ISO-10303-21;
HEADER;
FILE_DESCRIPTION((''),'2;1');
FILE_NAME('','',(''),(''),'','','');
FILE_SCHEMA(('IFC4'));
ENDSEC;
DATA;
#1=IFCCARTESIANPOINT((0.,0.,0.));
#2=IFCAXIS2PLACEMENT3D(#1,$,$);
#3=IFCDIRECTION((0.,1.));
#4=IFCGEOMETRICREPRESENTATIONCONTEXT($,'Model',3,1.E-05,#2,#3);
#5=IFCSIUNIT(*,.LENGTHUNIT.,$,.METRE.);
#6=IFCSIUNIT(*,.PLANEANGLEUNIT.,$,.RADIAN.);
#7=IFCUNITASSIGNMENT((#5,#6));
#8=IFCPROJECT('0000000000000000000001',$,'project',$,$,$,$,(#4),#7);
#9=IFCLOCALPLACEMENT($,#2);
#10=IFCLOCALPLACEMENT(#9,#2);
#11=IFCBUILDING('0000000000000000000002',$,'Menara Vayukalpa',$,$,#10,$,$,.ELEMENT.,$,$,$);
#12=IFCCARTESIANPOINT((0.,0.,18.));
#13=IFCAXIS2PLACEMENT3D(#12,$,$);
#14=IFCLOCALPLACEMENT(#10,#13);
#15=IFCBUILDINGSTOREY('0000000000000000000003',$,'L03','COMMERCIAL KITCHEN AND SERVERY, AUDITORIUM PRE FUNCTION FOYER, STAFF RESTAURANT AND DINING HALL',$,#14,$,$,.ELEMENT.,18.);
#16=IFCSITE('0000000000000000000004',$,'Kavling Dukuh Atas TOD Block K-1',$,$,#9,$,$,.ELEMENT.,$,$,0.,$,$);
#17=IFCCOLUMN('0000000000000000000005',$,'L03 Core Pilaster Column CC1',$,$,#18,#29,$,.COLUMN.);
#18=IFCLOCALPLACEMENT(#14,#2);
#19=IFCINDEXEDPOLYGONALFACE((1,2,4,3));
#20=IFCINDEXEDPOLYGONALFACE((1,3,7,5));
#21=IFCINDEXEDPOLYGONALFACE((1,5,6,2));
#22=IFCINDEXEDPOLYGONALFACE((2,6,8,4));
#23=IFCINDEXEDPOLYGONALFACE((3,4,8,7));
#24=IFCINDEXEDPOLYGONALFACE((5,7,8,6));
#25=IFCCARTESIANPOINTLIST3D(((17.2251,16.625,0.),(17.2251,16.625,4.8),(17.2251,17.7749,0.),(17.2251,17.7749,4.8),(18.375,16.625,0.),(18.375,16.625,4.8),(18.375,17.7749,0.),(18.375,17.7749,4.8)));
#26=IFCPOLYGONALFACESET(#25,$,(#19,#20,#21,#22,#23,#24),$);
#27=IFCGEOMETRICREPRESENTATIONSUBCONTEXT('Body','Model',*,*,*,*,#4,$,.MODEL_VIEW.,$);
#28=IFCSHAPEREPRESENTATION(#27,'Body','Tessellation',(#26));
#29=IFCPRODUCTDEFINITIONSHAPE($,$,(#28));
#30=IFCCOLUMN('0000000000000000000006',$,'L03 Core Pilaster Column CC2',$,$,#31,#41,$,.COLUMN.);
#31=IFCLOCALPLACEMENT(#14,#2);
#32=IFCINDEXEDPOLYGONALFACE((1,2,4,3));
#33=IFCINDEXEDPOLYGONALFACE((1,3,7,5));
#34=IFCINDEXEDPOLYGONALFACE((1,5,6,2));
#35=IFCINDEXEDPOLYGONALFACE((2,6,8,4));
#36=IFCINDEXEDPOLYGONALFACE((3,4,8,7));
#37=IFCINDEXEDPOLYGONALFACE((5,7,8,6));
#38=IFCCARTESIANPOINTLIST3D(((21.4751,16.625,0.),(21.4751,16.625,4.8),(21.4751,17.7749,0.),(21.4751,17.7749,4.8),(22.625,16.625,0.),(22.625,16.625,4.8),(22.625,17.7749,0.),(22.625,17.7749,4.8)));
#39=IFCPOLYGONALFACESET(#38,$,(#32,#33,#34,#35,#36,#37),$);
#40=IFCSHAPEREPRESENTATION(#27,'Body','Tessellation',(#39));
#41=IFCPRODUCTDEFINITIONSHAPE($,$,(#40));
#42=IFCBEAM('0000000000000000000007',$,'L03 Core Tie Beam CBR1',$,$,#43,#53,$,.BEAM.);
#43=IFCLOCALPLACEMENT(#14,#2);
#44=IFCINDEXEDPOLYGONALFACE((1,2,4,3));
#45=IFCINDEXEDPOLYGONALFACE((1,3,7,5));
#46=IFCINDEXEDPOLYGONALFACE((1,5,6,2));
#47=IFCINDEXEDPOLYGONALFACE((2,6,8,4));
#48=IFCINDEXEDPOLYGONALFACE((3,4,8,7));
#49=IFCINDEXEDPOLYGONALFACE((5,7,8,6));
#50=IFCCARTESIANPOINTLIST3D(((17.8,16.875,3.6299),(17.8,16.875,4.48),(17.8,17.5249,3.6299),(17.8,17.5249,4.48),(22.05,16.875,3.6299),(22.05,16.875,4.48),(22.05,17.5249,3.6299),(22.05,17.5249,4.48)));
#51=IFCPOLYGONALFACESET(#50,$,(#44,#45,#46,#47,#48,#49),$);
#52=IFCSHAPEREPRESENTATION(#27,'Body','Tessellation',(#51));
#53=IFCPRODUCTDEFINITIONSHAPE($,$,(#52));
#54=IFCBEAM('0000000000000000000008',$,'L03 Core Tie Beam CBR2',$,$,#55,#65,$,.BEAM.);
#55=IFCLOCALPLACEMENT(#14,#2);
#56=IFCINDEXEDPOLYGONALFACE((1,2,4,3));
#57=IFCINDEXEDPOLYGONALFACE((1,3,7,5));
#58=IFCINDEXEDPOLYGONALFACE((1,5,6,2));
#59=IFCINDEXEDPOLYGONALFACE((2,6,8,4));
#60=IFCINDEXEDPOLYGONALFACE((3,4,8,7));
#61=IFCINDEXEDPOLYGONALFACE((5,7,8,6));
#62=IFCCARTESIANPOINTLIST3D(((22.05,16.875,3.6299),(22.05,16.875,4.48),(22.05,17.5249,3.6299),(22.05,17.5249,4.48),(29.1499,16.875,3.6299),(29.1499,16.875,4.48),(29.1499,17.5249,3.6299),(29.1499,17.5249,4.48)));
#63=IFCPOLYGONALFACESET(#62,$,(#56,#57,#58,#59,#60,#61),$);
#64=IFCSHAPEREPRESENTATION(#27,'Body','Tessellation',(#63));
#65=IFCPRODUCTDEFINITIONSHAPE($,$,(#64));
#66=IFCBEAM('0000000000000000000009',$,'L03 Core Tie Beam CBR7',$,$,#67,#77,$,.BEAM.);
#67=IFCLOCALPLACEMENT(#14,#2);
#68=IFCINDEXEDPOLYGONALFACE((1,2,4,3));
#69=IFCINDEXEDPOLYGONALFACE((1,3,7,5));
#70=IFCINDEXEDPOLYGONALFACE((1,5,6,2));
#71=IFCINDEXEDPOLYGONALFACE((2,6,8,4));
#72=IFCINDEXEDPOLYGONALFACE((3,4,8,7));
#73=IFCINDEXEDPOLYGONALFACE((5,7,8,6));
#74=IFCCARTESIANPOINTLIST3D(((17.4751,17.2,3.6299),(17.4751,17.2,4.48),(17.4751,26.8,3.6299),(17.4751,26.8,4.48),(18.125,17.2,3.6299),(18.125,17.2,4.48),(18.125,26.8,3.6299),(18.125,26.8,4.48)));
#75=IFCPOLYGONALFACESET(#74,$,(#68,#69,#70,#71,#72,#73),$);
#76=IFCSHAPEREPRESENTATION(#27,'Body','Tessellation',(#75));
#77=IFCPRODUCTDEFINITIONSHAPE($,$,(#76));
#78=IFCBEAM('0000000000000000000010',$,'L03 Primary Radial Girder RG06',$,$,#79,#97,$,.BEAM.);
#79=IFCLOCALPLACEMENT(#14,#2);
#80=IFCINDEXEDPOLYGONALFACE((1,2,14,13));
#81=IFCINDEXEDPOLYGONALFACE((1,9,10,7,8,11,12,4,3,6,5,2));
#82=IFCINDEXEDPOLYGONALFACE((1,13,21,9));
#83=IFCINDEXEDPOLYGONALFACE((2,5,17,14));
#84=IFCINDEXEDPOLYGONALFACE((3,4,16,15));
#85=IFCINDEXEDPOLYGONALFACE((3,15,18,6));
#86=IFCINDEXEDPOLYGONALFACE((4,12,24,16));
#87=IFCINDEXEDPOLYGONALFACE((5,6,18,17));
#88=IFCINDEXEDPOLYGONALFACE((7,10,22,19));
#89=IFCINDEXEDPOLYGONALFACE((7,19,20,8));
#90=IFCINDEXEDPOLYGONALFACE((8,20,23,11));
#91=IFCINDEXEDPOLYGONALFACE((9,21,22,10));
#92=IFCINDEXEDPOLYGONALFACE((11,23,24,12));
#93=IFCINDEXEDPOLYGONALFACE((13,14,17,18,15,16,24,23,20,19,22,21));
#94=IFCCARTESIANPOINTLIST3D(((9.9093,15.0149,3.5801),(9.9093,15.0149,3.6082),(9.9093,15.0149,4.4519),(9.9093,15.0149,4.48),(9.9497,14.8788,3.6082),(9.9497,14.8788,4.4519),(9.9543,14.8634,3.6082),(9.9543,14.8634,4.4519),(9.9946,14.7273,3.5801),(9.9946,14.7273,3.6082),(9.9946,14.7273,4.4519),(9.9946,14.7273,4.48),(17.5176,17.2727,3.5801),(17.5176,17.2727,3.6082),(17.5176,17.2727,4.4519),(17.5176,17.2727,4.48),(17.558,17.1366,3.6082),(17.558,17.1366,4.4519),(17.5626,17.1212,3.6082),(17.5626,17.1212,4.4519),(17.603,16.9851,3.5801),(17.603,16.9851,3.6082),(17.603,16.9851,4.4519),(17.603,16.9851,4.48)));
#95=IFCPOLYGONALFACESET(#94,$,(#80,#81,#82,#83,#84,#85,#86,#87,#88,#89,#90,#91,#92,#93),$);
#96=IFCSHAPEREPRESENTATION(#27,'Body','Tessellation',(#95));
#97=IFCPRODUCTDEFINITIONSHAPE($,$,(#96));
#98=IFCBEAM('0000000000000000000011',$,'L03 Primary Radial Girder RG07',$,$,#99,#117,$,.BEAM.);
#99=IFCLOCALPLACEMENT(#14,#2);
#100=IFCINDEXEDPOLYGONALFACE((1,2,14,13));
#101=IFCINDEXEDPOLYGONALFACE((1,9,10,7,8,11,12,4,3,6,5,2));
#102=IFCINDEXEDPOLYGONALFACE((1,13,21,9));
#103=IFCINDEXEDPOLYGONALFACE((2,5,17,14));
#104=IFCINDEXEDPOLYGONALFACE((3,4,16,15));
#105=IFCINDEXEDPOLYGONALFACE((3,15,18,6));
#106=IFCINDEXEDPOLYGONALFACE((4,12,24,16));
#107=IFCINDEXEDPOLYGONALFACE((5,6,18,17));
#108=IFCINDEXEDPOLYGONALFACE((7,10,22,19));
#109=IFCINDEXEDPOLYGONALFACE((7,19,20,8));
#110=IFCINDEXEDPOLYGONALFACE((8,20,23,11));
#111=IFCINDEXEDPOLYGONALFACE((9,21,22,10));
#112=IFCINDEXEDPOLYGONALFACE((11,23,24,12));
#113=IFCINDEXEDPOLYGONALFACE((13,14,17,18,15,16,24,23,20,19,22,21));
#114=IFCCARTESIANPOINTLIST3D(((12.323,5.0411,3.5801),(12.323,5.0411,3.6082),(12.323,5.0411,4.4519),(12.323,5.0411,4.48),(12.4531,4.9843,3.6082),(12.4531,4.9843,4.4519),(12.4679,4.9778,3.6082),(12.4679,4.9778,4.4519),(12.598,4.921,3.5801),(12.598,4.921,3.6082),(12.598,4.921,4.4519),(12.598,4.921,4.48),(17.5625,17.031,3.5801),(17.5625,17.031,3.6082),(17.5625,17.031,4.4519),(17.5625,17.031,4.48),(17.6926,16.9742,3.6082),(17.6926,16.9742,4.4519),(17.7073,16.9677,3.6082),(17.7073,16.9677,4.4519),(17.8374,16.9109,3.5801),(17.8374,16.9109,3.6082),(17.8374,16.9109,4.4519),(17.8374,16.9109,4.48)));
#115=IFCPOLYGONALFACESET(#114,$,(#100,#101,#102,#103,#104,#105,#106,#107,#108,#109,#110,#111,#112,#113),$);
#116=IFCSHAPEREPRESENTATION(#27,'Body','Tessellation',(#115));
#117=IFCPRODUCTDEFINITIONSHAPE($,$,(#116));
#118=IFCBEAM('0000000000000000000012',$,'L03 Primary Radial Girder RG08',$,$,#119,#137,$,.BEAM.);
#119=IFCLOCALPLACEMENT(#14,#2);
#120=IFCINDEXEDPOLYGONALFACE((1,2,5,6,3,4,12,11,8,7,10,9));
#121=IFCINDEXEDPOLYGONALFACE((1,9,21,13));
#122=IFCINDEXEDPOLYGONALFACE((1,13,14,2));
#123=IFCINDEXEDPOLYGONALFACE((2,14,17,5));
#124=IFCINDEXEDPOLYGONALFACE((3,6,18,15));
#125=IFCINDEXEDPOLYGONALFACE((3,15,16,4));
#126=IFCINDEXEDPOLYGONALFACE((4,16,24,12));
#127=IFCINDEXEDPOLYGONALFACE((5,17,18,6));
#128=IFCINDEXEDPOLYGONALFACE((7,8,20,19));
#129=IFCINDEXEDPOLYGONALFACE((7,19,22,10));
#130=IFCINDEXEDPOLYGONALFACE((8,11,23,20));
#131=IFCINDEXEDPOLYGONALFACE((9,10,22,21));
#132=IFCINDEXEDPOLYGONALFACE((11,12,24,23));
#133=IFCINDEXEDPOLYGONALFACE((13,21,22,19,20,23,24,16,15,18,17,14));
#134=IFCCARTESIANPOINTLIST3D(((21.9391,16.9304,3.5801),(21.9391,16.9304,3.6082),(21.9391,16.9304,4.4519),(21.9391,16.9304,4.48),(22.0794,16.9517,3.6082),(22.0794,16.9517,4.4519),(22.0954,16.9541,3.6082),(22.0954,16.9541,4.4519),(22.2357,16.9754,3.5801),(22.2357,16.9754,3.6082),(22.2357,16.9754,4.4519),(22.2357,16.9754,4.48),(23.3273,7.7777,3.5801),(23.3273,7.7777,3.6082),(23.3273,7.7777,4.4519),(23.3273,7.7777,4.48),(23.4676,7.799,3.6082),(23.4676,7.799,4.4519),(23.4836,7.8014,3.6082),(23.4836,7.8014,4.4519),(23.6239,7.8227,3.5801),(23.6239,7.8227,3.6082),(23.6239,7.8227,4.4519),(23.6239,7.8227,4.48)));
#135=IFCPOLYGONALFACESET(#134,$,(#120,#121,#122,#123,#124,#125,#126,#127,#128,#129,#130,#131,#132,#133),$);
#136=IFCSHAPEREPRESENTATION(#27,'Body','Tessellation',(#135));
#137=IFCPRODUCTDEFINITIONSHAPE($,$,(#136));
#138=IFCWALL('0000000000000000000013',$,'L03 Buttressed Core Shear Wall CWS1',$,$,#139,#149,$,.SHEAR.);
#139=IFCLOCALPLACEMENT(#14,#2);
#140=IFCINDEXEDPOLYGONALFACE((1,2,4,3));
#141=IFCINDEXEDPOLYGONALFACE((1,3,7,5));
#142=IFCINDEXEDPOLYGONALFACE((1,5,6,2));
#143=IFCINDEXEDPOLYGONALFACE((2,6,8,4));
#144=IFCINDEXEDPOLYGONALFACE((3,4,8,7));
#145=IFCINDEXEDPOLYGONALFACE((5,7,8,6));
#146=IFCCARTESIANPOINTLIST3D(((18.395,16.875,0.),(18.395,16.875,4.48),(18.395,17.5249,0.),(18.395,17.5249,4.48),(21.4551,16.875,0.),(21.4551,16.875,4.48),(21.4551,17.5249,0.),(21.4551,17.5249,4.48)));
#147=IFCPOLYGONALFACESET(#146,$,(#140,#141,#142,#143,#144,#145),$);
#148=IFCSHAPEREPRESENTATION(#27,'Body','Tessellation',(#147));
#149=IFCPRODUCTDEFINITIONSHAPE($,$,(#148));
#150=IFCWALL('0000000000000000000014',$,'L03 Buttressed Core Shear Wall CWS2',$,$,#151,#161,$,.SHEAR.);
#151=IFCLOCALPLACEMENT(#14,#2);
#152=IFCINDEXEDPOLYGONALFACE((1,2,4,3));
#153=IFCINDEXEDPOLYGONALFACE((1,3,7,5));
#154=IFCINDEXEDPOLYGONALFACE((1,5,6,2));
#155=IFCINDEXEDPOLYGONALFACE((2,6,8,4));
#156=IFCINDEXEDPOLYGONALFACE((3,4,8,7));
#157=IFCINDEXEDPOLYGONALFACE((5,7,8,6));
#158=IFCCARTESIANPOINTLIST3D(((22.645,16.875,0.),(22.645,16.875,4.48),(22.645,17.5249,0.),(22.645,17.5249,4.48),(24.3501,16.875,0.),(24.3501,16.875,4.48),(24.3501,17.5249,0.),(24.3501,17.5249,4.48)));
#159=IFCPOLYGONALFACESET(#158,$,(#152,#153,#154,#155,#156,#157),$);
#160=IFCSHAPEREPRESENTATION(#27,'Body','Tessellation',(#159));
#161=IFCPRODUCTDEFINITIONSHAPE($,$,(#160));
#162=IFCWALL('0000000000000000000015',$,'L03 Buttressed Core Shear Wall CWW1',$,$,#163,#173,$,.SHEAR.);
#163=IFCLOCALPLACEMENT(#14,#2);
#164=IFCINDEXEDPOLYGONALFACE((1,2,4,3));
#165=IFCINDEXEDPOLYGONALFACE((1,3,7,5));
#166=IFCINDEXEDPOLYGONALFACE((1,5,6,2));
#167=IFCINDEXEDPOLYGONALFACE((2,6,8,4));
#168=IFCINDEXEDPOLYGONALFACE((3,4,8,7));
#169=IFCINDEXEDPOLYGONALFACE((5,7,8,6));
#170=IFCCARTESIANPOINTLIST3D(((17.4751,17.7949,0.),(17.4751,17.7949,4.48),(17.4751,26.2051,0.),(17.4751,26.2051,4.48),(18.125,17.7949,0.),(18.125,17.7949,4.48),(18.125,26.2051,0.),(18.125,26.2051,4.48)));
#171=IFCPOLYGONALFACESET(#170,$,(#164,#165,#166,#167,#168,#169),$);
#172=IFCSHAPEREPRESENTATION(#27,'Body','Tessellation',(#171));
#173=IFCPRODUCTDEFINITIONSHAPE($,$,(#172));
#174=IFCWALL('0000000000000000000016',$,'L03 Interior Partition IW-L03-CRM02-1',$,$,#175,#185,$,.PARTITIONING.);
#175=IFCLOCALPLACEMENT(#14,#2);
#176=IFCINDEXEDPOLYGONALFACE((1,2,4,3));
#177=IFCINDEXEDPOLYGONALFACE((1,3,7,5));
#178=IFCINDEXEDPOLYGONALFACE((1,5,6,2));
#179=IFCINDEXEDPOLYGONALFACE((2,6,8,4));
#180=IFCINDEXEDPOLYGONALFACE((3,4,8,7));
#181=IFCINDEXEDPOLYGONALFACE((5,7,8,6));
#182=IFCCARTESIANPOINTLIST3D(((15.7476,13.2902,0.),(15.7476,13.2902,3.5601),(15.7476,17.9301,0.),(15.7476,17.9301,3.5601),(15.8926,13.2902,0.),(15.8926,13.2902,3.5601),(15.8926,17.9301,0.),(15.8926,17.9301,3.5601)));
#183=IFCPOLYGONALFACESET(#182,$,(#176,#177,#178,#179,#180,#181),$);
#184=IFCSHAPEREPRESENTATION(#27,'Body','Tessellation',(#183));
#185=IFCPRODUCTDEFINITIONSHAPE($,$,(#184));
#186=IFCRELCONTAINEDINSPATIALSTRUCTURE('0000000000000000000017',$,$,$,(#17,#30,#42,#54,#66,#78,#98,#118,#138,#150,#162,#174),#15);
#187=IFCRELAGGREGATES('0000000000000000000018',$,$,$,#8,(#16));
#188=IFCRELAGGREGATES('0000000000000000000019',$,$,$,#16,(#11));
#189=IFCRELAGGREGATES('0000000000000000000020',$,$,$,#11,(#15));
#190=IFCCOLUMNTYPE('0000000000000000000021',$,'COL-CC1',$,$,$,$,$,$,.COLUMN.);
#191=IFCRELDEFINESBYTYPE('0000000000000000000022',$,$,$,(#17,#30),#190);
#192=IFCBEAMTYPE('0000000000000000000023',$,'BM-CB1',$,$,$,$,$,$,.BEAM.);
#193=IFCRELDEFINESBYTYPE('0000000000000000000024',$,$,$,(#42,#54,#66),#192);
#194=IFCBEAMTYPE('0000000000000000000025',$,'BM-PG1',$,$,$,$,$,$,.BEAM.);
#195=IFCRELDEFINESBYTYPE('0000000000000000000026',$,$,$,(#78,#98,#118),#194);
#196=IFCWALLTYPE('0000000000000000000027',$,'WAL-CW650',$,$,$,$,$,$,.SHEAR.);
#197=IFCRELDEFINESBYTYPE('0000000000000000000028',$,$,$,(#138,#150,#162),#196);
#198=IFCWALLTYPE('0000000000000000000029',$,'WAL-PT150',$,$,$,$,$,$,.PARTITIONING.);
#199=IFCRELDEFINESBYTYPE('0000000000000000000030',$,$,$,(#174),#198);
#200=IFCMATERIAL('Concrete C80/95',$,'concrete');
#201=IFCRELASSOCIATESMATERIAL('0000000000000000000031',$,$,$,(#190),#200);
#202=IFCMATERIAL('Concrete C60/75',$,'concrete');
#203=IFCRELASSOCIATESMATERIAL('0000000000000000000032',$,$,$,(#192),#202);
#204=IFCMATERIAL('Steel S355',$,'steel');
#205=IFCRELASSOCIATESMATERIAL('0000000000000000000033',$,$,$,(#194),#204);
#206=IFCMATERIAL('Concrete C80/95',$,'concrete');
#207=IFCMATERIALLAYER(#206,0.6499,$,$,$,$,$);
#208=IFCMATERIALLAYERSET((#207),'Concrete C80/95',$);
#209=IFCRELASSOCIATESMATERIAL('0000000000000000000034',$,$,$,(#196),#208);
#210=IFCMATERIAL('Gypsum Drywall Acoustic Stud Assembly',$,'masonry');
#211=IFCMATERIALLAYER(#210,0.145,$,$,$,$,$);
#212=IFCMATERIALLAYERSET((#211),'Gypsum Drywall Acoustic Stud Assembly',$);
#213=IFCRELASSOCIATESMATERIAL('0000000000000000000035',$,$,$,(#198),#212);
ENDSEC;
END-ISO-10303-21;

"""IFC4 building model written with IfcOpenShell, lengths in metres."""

from ifc_helpers import new_model, si_unit, direction, frame, frame_2d, origin, origin_2d, place, context, subcontext, project, spatial, rectangle, i_section, extrude, material, layer, layer_set, material_profile, profile_set, type_object, element, save


model = new_model("IFC4")

# Units and contexts
model_context = context("Model", 3, precision=1e-05, world=origin(), true_north=direction((0.0, 1.0)))
body_context = subcontext(model_context, "Body", "Model", "MODEL_VIEW")
ifc_project = project(units=[si_unit("LENGTHUNIT", "METRE"), si_unit("PLANEANGLEUNIT", "RADIAN")], contexts=[model_context])

# Site, building, storey
site_placement = place(None, origin())
site = spatial("IfcSite", under=ifc_project, at=site_placement, Name="Kavling Dukuh Atas TOD Block K-1", CompositionType="ELEMENT", RefElevation=0.0)
building_placement = place(site_placement, origin())
building = spatial("IfcBuilding", under=site, at=building_placement, Name="Menara Vayukalpa", CompositionType="ELEMENT")
storey_placement = place(building_placement, frame((0.0, 0.0, 18.0)))
storey = spatial("IfcBuildingStorey", under=building, at=storey_placement, Name="L03", Description="COMMERCIAL KITCHEN AND SERVERY, AUDITORIUM PRE FUNCTION FOYER, STAFF RESTAURANT AND DINING HALL", CompositionType="ELEMENT", Elevation=18.0)

# Columns
ifc_material_1 = material(Name="Concrete C80/95", Category="concrete")
ifc_material_profile_1 = material_profile(ifc_material_1, rectangle(XDim=1.1499, YDim=1.1499, at=origin_2d()), Name="RC 1150x1150")
ifc_profile_set_1 = profile_set([ifc_material_profile_1], Name="Concrete C80/95")
column_type = type_object("IfcColumnType", Name="COL-CC1", PredefinedType="COLUMN", material=ifc_profile_set_1)
for number, where, z_axis, x_axis, name in (
    (1, (17.8, 17.2, 0.0), (0.0, 0.0, 1.0), (1.0, 0.0, 0.0), "L03 Core Pilaster Column CC1"),
    (2, (22.05, 17.2, 0.0), (0.0, 0.0, 1.0), (1.0, 0.0, 0.0), "L03 Core Pilaster Column CC2"),
):
    element("IfcColumn", number, at=place(storey_placement, frame(where, z_axis=z_axis, x_axis=x_axis)), inside=storey, type_object=column_type, Name=name, PredefinedType="COLUMN", context=body_context, shape_type="SweptSolid", body=[
        extrude(rectangle(XDim=1.1499, YDim=1.1499, at=origin_2d()), origin(), (0.0, 0.0, 1.0), 4.8),
    ])

# Beams
ifc_material_2 = material(Name="Concrete C60/75", Category="concrete")
ifc_material_profile_2 = material_profile(ifc_material_2, rectangle(XDim=0.6499, YDim=0.8501, at=origin_2d()), Name="RC 650x850")
ifc_profile_set_2 = profile_set([ifc_material_profile_2], Name="Concrete C60/75")
beam_type_1 = type_object("IfcBeamType", Name="BM-CB1", PredefinedType="BEAM", material=ifc_profile_set_2)
beam_1_placement = place(storey_placement, frame((17.8, 17.2, 4.0549), z_axis=(1.0, 0.0, 0.0), x_axis=(0.0, 1.0, 0.0)))
element("IfcBeam", 3, at=beam_1_placement, inside=storey, type_object=beam_type_1, Name="L03 Core Tie Beam CBR1", PredefinedType="BEAM", context=body_context, shape_type="SweptSolid", body=[
    extrude(rectangle(XDim=0.6499, YDim=0.8501, at=origin_2d()), origin(), (0.0, 0.0, 1.0), 4.25),
])
beam_2_placement = place(storey_placement, frame((22.05, 17.2, 4.0549), z_axis=(1.0, 0.0, 0.0), x_axis=(0.0, 1.0, 0.0)))
element("IfcBeam", 4, at=beam_2_placement, inside=storey, type_object=beam_type_1, Name="L03 Core Tie Beam CBR2", PredefinedType="BEAM", context=body_context, shape_type="SweptSolid", body=[
    extrude(rectangle(XDim=0.6499, YDim=0.8501, at=origin_2d()), origin(), (0.0, 0.0, 1.0), 7.0999),
])
beam_3_placement = place(storey_placement, frame((17.8, 17.2, 4.0549), z_axis=(0.0, 1.0, 0.0), x_axis=(-1.0, 0.0, 0.0)))
element("IfcBeam", 5, at=beam_3_placement, inside=storey, type_object=beam_type_1, Name="L03 Core Tie Beam CBR7", PredefinedType="BEAM", context=body_context, shape_type="SweptSolid", body=[
    extrude(rectangle(XDim=0.6499, YDim=0.8501, at=origin_2d()), origin(), (0.0, 0.0, 1.0), 9.6001),
])
ifc_material_3 = material(Name="Steel S355", Category="steel")
ifc_material_profile_3 = material_profile(ifc_material_3, i_section(OverallWidth=0.3, OverallDepth=0.8999, WebThickness=0.0161, FlangeThickness=0.0281, at=origin_2d()), Name="WF 900x300x16x28")
ifc_profile_set_3 = profile_set([ifc_material_profile_3], Name="Steel S355")
beam_type_2 = type_object("IfcBeamType", Name="BM-PG1", PredefinedType="BEAM", material=ifc_profile_set_3)
beam_4_placement = place(storey_placement, frame((17.5603, 17.1289, 4.03), z_axis=(-0.958679, -0.284491, 0.0), x_axis=(0.284491, -0.958679, 0.0)))
element("IfcBeam", 6, at=beam_4_placement, inside=storey, type_object=beam_type_2, Name="L03 Primary Radial Girder RG06", PredefinedType="BEAM", context=body_context, shape_type="SweptSolid", body=[
    extrude(i_section(OverallWidth=0.3, OverallDepth=0.8999, WebThickness=0.0161, FlangeThickness=0.0281, at=origin_2d()), origin(), (0.0, 0.0, 1.0), 7.9363),
])
beam_5_placement = place(storey_placement, frame((17.7, 16.9709, 4.03), z_axis=(-0.400426, -0.916329, 0.0), x_axis=(0.916329, -0.400426, 0.0)))
element("IfcBeam", 7, at=beam_5_placement, inside=storey, type_object=beam_type_2, Name="L03 Primary Radial Girder RG07", PredefinedType="BEAM", context=body_context, shape_type="SweptSolid", body=[
    extrude(i_section(OverallWidth=0.3, OverallDepth=0.8999, WebThickness=0.0161, FlangeThickness=0.0281, at=origin_2d()), origin(), (0.0, 0.0, 1.0), 13.0847),
])
beam_6_placement = place(storey_placement, frame((22.0874, 16.9529, 4.03), z_axis=(0.149956, -0.988693, 0.0), x_axis=(0.988693, 0.149956, 0.0)))
element("IfcBeam", 8, at=beam_6_placement, inside=storey, type_object=beam_type_2, Name="L03 Primary Radial Girder RG08", PredefinedType="BEAM", context=body_context, shape_type="SweptSolid", body=[
    extrude(i_section(OverallWidth=0.3, OverallDepth=0.8999, WebThickness=0.0161, FlangeThickness=0.0281, at=origin_2d()), origin(), (0.0, 0.0, 1.0), 9.2573),
])

# Walls
ifc_material_4 = material(Name="Concrete C80/95", Category="concrete")
ifc_layer_1 = layer(ifc_material_4, 0.6499)
ifc_layer_set_1 = layer_set([ifc_layer_1], Name="Concrete C80/95")
wall_type_1 = type_object("IfcWallType", Name="WAL-CW650", PredefinedType="SHEAR", material=ifc_layer_set_1)
wall_1_placement = place(storey_placement, frame((18.395, 17.2, 0.0), z_axis=(0.0, 0.0, 1.0), x_axis=(1.0, 0.0, 0.0)))
element("IfcWall", 9, at=wall_1_placement, inside=storey, type_object=wall_type_1, Name="L03 Buttressed Core Shear Wall CWS1", PredefinedType="SHEAR", context=body_context, shape_type="SweptSolid", body=[
    extrude(rectangle(XDim=3.0601, YDim=0.6499, at=frame_2d((1.53, 0.0))), origin(), (0.0, 0.0, 1.0), 4.48),
])
wall_2_placement = place(storey_placement, frame((22.645, 17.2, 0.0), z_axis=(0.0, 0.0, 1.0), x_axis=(1.0, 0.0, 0.0)))
element("IfcWall", 10, at=wall_2_placement, inside=storey, type_object=wall_type_1, Name="L03 Buttressed Core Shear Wall CWS2", PredefinedType="SHEAR", context=body_context, shape_type="SweptSolid", body=[
    extrude(rectangle(XDim=1.7051, YDim=0.6499, at=frame_2d((0.8525, 0.0))), origin(), (0.0, 0.0, 1.0), 4.48),
])
wall_3_placement = place(storey_placement, frame((17.8, 17.7949, 0.0), z_axis=(0.0, 0.0, 1.0), x_axis=(0.0, 1.0, 0.0)))
element("IfcWall", 11, at=wall_3_placement, inside=storey, type_object=wall_type_1, Name="L03 Buttressed Core Shear Wall CWW1", PredefinedType="SHEAR", context=body_context, shape_type="SweptSolid", body=[
    extrude(rectangle(XDim=8.4102, YDim=0.6499, at=frame_2d((4.2051, 0.0))), origin(), (0.0, 0.0, 1.0), 4.48),
])
ifc_material_5 = material(Name="Gypsum Drywall Acoustic Stud Assembly", Category="masonry")
ifc_layer_2 = layer(ifc_material_5, 0.145)
ifc_layer_set_2 = layer_set([ifc_layer_2], Name="Gypsum Drywall Acoustic Stud Assembly")
wall_type_2 = type_object("IfcWallType", Name="WAL-PT150", PredefinedType="PARTITIONING", material=ifc_layer_set_2)
wall_4_placement = place(storey_placement, frame((15.8201, 17.9299, 0.0), z_axis=(0.0, 0.0, 1.0), x_axis=(0.0, -1.0, 0.0)))
element("IfcWall", 12, at=wall_4_placement, inside=storey, type_object=wall_type_2, Name="L03 Interior Partition IW-L03-CRM02-1", PredefinedType="PARTITIONING", context=body_context, shape_type="SweptSolid", body=[
    extrude(rectangle(XDim=4.6399, YDim=0.145, at=frame_2d((2.3198, 0.0))), origin(), (0.0, 0.0, 1.0), 3.5601),
])

save(model, "model.ifc")
